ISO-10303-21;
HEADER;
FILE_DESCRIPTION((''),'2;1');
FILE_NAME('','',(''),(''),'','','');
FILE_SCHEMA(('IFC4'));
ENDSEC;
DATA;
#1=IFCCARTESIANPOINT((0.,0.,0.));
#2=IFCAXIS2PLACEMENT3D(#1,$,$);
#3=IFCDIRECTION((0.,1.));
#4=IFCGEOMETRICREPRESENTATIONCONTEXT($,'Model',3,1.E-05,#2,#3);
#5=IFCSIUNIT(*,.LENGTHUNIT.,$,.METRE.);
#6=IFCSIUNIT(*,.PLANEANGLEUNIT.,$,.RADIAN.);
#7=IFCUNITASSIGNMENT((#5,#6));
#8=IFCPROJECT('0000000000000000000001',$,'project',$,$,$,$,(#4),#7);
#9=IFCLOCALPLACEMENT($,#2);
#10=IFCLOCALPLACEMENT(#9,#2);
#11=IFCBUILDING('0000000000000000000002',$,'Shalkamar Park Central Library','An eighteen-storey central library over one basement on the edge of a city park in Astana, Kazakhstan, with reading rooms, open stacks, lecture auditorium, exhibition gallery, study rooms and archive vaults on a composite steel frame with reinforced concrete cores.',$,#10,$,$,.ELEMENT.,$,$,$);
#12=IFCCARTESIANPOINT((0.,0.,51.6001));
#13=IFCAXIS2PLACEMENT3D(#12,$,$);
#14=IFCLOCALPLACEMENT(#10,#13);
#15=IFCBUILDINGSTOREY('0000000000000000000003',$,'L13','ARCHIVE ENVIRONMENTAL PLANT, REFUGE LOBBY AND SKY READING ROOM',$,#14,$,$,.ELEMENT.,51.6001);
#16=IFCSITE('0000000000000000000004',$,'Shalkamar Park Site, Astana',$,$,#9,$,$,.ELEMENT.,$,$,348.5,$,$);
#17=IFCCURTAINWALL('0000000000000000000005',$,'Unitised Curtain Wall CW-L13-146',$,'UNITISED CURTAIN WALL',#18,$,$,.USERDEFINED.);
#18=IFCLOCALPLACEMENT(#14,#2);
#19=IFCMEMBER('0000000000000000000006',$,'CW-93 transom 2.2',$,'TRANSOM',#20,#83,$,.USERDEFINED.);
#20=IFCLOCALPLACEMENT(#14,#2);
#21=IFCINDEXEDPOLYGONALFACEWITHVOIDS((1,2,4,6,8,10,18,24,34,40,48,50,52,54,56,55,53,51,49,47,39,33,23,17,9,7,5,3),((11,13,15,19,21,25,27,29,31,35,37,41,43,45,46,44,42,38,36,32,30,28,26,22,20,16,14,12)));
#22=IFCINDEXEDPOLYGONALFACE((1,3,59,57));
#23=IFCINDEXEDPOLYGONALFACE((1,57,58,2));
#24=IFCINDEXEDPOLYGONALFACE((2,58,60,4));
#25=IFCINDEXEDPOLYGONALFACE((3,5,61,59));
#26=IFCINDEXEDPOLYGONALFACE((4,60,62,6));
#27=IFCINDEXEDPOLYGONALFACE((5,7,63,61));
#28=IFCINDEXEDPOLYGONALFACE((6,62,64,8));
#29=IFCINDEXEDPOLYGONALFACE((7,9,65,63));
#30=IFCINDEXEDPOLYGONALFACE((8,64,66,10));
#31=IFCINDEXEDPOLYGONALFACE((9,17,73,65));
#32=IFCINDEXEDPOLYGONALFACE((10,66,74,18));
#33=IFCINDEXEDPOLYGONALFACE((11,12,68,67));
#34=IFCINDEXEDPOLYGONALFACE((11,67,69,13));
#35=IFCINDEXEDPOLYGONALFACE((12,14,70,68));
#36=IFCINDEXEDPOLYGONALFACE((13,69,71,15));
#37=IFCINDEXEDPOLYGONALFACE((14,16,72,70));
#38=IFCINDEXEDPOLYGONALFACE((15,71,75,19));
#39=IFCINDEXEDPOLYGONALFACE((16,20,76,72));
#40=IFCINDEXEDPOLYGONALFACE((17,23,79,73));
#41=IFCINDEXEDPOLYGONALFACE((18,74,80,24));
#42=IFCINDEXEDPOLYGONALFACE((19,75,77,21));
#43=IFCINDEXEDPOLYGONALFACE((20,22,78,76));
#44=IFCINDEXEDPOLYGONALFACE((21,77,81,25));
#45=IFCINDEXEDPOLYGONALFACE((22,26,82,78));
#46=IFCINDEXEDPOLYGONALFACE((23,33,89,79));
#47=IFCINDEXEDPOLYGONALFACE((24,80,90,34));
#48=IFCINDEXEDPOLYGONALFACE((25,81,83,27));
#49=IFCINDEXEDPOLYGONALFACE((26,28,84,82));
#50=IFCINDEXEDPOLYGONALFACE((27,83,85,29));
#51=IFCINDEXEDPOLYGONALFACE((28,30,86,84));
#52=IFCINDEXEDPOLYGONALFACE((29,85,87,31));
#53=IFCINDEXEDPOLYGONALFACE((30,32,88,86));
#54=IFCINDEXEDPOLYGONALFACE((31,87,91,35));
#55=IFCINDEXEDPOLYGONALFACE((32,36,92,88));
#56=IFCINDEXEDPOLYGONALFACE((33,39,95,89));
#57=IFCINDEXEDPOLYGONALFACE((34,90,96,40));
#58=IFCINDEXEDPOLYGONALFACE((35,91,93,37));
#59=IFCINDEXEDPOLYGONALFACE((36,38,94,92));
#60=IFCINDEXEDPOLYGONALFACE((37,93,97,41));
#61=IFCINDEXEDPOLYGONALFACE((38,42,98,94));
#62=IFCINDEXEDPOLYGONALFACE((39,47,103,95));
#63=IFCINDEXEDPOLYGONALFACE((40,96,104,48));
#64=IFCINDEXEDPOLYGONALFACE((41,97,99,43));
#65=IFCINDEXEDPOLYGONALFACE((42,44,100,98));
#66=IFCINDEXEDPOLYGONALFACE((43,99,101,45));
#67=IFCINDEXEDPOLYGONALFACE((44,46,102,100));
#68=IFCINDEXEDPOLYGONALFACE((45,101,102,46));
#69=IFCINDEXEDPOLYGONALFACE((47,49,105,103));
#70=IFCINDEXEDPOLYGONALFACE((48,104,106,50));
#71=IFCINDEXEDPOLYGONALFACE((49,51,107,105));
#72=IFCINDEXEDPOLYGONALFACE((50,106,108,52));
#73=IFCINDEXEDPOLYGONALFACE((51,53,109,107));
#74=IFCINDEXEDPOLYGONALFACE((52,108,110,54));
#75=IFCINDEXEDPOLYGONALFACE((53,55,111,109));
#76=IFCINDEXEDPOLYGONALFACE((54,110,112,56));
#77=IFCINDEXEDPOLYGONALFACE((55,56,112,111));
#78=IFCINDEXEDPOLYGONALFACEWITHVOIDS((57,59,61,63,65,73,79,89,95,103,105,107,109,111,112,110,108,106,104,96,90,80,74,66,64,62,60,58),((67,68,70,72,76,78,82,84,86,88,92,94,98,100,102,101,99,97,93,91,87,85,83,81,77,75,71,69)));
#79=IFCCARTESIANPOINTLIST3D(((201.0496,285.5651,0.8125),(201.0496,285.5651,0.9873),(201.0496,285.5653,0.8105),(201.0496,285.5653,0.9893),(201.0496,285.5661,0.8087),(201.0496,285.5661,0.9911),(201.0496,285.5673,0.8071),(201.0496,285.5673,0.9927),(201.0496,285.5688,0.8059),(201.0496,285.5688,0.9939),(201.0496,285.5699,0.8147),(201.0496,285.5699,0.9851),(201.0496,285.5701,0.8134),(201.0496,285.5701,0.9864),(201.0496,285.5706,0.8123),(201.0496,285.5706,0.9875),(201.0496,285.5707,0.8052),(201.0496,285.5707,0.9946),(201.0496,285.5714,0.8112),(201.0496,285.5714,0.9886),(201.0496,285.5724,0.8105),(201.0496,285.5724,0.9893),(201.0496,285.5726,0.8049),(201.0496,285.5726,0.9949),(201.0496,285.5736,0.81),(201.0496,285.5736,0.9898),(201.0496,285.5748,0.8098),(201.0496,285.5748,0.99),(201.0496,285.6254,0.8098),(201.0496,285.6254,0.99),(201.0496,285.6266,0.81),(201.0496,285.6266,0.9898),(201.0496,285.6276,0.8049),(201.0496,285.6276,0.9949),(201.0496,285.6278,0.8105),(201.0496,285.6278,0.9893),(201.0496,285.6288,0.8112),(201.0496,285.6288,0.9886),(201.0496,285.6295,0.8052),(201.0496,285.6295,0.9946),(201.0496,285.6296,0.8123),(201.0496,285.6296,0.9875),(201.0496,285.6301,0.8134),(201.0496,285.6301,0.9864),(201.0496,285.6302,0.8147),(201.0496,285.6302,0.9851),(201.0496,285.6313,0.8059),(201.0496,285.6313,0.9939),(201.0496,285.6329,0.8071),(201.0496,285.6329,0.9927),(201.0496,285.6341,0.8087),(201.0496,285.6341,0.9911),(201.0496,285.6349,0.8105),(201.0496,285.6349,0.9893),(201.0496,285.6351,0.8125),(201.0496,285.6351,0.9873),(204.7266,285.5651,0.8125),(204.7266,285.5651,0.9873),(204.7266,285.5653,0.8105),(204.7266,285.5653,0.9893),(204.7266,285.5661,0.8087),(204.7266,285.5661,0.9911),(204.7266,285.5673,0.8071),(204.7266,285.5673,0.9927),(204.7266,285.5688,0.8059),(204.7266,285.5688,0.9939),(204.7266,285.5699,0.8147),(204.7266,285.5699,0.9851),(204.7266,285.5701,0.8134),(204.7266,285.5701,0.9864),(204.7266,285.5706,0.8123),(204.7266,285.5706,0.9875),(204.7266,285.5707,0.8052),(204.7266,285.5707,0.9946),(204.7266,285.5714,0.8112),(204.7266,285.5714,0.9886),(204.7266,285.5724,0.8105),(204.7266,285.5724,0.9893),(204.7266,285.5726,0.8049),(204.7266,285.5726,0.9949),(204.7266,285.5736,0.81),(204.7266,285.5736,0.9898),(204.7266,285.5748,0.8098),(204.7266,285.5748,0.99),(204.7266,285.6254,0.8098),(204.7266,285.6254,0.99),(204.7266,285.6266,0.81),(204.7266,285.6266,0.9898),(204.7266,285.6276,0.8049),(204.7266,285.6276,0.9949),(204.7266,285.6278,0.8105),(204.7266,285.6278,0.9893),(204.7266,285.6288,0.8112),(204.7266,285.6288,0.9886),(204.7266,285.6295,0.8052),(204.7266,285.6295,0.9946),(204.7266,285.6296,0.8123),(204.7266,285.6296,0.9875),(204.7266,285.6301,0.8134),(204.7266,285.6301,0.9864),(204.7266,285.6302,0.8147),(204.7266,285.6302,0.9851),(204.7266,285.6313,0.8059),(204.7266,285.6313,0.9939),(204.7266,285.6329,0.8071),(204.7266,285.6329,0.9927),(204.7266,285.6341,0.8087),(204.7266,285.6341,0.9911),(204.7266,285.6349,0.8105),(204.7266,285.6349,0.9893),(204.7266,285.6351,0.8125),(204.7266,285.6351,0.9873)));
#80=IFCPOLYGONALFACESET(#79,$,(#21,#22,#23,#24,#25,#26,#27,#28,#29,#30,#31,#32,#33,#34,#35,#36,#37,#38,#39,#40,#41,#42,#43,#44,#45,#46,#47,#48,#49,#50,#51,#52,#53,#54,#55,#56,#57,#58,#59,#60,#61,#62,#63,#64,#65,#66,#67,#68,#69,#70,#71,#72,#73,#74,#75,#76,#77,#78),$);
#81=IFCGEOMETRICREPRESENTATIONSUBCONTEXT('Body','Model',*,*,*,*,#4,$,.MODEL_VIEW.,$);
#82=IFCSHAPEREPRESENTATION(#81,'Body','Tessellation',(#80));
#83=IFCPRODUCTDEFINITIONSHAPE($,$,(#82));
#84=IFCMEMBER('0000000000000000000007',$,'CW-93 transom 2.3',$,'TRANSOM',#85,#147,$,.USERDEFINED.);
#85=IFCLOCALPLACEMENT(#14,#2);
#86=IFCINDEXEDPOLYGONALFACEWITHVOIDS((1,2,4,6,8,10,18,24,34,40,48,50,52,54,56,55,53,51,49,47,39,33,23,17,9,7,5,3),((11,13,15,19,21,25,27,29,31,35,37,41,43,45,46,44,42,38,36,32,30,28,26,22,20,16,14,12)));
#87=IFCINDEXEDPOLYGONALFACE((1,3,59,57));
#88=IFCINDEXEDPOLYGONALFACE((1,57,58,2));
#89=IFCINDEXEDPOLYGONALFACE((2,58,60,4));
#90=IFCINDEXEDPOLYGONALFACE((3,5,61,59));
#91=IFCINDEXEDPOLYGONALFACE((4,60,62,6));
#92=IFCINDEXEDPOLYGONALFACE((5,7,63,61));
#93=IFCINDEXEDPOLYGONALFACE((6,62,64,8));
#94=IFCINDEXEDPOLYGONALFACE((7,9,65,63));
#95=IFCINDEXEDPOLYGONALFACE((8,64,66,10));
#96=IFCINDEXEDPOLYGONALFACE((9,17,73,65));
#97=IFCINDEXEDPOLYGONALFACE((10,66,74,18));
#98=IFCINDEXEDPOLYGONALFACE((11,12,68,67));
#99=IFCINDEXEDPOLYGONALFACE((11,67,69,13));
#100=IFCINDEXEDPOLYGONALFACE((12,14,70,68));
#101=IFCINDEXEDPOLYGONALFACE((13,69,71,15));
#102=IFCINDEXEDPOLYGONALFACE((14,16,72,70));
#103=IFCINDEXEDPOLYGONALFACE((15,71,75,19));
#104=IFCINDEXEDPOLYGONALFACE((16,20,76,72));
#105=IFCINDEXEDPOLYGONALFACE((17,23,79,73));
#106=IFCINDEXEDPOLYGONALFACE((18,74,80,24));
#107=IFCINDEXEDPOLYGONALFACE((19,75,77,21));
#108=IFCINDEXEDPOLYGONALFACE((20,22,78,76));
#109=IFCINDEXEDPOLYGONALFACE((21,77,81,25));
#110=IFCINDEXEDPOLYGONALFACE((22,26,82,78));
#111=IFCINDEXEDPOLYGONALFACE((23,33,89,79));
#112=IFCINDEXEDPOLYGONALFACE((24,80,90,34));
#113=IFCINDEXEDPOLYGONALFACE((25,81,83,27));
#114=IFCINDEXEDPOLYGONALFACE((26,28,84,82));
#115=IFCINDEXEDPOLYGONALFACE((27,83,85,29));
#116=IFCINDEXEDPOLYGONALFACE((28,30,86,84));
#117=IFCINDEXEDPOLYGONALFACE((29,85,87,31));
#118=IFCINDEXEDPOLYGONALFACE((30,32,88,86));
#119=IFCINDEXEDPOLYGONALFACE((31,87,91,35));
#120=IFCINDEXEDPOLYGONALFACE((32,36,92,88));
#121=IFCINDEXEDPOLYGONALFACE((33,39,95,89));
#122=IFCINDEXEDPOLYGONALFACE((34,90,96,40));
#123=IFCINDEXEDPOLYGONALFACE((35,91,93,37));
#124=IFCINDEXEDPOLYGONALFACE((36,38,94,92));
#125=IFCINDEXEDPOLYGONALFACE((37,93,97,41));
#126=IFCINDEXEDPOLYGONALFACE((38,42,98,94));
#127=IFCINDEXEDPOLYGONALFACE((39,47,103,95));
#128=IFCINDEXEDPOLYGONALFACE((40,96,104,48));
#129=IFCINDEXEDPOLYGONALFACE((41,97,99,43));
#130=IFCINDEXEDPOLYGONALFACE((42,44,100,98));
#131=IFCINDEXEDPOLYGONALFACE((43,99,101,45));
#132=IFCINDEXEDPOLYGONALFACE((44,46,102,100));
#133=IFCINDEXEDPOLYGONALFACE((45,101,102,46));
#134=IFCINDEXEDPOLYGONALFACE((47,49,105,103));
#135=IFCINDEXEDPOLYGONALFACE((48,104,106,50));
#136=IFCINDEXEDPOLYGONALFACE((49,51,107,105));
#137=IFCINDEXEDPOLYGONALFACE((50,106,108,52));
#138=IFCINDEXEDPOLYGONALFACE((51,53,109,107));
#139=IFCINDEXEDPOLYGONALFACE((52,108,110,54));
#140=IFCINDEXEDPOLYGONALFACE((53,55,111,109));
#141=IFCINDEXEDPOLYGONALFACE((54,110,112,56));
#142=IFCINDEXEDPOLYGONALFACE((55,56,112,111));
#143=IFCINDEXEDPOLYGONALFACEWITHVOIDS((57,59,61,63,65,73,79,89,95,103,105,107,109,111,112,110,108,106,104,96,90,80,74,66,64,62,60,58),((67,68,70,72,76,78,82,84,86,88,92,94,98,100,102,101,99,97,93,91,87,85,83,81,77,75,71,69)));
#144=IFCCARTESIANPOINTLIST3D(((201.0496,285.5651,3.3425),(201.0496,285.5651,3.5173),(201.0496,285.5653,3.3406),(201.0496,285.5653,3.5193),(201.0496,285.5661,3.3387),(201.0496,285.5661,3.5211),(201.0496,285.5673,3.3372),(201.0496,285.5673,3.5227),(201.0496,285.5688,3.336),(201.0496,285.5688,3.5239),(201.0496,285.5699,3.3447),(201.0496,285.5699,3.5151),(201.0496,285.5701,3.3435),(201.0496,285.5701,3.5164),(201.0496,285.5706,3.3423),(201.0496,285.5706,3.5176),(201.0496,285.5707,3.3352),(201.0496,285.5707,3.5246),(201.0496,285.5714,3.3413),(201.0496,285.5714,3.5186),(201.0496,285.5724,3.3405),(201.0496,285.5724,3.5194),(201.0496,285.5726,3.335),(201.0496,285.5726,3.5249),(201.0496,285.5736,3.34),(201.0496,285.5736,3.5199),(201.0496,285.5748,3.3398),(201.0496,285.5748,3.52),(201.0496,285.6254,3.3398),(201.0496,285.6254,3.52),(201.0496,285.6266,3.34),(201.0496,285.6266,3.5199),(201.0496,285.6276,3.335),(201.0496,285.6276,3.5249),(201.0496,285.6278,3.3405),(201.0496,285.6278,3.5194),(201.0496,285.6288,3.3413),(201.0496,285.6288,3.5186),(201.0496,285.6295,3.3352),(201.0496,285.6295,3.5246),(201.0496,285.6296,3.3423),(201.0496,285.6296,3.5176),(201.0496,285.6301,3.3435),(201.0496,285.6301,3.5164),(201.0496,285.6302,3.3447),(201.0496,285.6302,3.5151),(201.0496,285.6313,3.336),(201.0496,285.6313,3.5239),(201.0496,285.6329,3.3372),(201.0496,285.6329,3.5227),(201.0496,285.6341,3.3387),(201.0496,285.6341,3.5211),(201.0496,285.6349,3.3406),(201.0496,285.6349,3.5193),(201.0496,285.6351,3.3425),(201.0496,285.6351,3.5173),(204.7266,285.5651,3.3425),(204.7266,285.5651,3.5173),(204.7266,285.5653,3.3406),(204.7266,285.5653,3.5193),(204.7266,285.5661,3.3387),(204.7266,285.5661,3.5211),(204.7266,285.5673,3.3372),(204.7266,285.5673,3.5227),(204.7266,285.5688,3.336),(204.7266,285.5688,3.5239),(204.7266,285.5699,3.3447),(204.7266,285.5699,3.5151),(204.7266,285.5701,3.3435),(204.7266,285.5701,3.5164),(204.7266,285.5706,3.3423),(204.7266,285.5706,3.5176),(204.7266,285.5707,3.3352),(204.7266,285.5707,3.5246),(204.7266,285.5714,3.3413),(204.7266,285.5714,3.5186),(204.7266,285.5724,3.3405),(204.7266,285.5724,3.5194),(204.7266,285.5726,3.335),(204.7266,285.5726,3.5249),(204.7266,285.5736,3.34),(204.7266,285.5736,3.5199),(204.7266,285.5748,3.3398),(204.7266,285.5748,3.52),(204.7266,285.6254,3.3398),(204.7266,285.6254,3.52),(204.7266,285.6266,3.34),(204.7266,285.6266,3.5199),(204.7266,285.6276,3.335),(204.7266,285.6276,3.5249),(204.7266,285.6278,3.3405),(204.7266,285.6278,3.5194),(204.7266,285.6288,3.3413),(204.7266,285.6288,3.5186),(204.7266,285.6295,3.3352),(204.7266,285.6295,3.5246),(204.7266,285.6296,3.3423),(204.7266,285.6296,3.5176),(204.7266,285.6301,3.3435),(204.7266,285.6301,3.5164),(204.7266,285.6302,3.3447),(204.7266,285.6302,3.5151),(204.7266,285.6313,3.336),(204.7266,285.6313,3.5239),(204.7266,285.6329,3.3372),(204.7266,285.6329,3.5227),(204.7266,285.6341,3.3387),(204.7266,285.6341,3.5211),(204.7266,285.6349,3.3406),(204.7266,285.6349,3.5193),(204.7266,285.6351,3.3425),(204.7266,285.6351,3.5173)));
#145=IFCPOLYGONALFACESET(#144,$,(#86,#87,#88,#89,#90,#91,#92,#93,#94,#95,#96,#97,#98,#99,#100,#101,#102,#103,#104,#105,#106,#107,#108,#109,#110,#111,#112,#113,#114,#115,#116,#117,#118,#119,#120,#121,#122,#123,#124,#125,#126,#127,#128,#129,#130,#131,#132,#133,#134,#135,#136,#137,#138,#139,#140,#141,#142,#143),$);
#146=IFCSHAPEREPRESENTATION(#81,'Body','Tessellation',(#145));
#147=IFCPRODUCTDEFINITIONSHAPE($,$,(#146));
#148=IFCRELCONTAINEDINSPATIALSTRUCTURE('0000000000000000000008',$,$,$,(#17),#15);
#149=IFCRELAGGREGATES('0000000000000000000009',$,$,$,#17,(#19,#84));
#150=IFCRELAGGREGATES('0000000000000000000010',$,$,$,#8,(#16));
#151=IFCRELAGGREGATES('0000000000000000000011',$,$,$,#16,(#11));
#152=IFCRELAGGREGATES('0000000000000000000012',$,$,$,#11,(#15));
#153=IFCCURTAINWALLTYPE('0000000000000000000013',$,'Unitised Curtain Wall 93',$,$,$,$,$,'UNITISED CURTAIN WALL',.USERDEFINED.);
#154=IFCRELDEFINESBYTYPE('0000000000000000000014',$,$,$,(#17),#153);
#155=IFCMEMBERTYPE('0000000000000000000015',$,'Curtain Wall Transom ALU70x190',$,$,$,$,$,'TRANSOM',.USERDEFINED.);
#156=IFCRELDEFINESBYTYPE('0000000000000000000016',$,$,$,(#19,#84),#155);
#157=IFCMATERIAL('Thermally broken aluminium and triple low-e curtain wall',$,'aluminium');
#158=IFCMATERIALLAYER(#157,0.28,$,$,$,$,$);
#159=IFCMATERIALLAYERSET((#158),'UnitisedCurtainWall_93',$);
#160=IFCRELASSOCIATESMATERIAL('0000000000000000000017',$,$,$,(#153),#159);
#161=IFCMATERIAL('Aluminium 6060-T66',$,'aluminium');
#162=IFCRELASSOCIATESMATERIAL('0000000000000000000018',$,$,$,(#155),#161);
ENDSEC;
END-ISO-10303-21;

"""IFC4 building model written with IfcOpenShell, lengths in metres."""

from ifc_helpers import new_model, si_unit, direction, frame, origin, origin_2d, place, context, subcontext, project, spatial, hollow_rectangle, extrude, material, layer, layer_set, material_profile, profile_set, type_object, element, aggregate, save


model = new_model("IFC4")

# Units and contexts
model_context = context("Model", 3, precision=1e-05, world=origin(), true_north=direction((0.0, 1.0)))
body_context = subcontext(model_context, "Body", "Model", "MODEL_VIEW")
ifc_project = project(units=[si_unit("LENGTHUNIT", "METRE"), si_unit("PLANEANGLEUNIT", "RADIAN")], contexts=[model_context])

# Site, building, storey
site_placement = place(None, origin())
site = spatial("IfcSite", under=ifc_project, at=site_placement, Name="Shalkamar Park Site, Astana", CompositionType="ELEMENT", RefElevation=348.5)
building_placement = place(site_placement, origin())
building = spatial("IfcBuilding", under=site, at=building_placement, Name="Shalkamar Park Central Library", Description="An eighteen-storey central library over one basement on the edge of a city park in Astana, Kazakhstan, with reading rooms, open stacks, lecture auditorium, exhibition gallery, study rooms and archive vaults on a composite steel frame with reinforced concrete cores.", CompositionType="ELEMENT")
storey_placement = place(building_placement, frame((0.0, 0.0, 51.6001)))
storey = spatial("IfcBuildingStorey", under=building, at=storey_placement, Name="L13", Description="ARCHIVE ENVIRONMENTAL PLANT, REFUGE LOBBY AND SKY READING ROOM", CompositionType="ELEMENT", Elevation=51.6001)

# Curtain wall
ifc_material_1 = material(Name="Thermally broken aluminium and triple low-e curtain wall", Category="aluminium")
ifc_material_2 = material(Name="Aluminium 6060-T66", Category="aluminium")
ifc_layer_1 = layer(ifc_material_1, 0.28)
ifc_layer_set_1 = layer_set([ifc_layer_1], Name="UnitisedCurtainWall_93")
curtain_wall_type_1 = type_object("IfcCurtainWallType", Name="Unitised Curtain Wall 93", ElementType="UNITISED CURTAIN WALL", PredefinedType="USERDEFINED", material=ifc_layer_set_1)
curtain_wall_1_placement = place(storey_placement, origin())
curtain_wall_1 = element("IfcCurtainWall", 1, at=curtain_wall_1_placement, inside=storey, type_object=curtain_wall_type_1, Name="Unitised Curtain Wall CW-L13-146", ObjectType="UNITISED CURTAIN WALL", PredefinedType="USERDEFINED")

# Members
ifc_material_profile_1 = material_profile(ifc_material_2, hollow_rectangle(XDim=0.0701, YDim=0.1899, WallThickness=0.0049, InnerFilletRadius=0.0049, OuterFilletRadius=0.0076, at=origin_2d()), Name="ALU 70x190x5")
ifc_profile_set_1 = profile_set([ifc_material_profile_1], Name="Aluminium 6060-T66")
member_type_1 = type_object("IfcMemberType", Name="Curtain Wall Transom ALU70x190", ElementType="TRANSOM", PredefinedType="USERDEFINED", material=ifc_profile_set_1)
member_1_placement = place(storey_placement, frame((201.0496, 285.6001, 0.8999), z_axis=(1.0, 0.0, 0.0), x_axis=(0.0, 1.0, 0.0)))
member_1 = element("IfcMember", 2, at=member_1_placement, type_object=member_type_1, Name="CW-93 transom 2.2", ObjectType="TRANSOM", PredefinedType="USERDEFINED", context=body_context, shape_type="SweptSolid", body=[
    extrude(hollow_rectangle(XDim=0.0701, YDim=0.1899, WallThickness=0.0049, InnerFilletRadius=0.0049, OuterFilletRadius=0.0076, at=origin_2d()), origin(), (0.0, 0.0, 1.0), 3.677),
])
member_2_placement = place(storey_placement, frame((201.0496, 285.6001, 3.4299), z_axis=(1.0, 0.0, 0.0), x_axis=(0.0, 1.0, 0.0)))
member_2 = element("IfcMember", 3, at=member_2_placement, type_object=member_type_1, Name="CW-93 transom 2.3", ObjectType="TRANSOM", PredefinedType="USERDEFINED", context=body_context, shape_type="SweptSolid", body=[
    extrude(hollow_rectangle(XDim=0.0701, YDim=0.1899, WallThickness=0.0049, InnerFilletRadius=0.0049, OuterFilletRadius=0.0076, at=origin_2d()), origin(), (0.0, 0.0, 1.0), 3.677),
])

aggregate(curtain_wall_1, [member_1, member_2])

save(model, "model.ifc")
